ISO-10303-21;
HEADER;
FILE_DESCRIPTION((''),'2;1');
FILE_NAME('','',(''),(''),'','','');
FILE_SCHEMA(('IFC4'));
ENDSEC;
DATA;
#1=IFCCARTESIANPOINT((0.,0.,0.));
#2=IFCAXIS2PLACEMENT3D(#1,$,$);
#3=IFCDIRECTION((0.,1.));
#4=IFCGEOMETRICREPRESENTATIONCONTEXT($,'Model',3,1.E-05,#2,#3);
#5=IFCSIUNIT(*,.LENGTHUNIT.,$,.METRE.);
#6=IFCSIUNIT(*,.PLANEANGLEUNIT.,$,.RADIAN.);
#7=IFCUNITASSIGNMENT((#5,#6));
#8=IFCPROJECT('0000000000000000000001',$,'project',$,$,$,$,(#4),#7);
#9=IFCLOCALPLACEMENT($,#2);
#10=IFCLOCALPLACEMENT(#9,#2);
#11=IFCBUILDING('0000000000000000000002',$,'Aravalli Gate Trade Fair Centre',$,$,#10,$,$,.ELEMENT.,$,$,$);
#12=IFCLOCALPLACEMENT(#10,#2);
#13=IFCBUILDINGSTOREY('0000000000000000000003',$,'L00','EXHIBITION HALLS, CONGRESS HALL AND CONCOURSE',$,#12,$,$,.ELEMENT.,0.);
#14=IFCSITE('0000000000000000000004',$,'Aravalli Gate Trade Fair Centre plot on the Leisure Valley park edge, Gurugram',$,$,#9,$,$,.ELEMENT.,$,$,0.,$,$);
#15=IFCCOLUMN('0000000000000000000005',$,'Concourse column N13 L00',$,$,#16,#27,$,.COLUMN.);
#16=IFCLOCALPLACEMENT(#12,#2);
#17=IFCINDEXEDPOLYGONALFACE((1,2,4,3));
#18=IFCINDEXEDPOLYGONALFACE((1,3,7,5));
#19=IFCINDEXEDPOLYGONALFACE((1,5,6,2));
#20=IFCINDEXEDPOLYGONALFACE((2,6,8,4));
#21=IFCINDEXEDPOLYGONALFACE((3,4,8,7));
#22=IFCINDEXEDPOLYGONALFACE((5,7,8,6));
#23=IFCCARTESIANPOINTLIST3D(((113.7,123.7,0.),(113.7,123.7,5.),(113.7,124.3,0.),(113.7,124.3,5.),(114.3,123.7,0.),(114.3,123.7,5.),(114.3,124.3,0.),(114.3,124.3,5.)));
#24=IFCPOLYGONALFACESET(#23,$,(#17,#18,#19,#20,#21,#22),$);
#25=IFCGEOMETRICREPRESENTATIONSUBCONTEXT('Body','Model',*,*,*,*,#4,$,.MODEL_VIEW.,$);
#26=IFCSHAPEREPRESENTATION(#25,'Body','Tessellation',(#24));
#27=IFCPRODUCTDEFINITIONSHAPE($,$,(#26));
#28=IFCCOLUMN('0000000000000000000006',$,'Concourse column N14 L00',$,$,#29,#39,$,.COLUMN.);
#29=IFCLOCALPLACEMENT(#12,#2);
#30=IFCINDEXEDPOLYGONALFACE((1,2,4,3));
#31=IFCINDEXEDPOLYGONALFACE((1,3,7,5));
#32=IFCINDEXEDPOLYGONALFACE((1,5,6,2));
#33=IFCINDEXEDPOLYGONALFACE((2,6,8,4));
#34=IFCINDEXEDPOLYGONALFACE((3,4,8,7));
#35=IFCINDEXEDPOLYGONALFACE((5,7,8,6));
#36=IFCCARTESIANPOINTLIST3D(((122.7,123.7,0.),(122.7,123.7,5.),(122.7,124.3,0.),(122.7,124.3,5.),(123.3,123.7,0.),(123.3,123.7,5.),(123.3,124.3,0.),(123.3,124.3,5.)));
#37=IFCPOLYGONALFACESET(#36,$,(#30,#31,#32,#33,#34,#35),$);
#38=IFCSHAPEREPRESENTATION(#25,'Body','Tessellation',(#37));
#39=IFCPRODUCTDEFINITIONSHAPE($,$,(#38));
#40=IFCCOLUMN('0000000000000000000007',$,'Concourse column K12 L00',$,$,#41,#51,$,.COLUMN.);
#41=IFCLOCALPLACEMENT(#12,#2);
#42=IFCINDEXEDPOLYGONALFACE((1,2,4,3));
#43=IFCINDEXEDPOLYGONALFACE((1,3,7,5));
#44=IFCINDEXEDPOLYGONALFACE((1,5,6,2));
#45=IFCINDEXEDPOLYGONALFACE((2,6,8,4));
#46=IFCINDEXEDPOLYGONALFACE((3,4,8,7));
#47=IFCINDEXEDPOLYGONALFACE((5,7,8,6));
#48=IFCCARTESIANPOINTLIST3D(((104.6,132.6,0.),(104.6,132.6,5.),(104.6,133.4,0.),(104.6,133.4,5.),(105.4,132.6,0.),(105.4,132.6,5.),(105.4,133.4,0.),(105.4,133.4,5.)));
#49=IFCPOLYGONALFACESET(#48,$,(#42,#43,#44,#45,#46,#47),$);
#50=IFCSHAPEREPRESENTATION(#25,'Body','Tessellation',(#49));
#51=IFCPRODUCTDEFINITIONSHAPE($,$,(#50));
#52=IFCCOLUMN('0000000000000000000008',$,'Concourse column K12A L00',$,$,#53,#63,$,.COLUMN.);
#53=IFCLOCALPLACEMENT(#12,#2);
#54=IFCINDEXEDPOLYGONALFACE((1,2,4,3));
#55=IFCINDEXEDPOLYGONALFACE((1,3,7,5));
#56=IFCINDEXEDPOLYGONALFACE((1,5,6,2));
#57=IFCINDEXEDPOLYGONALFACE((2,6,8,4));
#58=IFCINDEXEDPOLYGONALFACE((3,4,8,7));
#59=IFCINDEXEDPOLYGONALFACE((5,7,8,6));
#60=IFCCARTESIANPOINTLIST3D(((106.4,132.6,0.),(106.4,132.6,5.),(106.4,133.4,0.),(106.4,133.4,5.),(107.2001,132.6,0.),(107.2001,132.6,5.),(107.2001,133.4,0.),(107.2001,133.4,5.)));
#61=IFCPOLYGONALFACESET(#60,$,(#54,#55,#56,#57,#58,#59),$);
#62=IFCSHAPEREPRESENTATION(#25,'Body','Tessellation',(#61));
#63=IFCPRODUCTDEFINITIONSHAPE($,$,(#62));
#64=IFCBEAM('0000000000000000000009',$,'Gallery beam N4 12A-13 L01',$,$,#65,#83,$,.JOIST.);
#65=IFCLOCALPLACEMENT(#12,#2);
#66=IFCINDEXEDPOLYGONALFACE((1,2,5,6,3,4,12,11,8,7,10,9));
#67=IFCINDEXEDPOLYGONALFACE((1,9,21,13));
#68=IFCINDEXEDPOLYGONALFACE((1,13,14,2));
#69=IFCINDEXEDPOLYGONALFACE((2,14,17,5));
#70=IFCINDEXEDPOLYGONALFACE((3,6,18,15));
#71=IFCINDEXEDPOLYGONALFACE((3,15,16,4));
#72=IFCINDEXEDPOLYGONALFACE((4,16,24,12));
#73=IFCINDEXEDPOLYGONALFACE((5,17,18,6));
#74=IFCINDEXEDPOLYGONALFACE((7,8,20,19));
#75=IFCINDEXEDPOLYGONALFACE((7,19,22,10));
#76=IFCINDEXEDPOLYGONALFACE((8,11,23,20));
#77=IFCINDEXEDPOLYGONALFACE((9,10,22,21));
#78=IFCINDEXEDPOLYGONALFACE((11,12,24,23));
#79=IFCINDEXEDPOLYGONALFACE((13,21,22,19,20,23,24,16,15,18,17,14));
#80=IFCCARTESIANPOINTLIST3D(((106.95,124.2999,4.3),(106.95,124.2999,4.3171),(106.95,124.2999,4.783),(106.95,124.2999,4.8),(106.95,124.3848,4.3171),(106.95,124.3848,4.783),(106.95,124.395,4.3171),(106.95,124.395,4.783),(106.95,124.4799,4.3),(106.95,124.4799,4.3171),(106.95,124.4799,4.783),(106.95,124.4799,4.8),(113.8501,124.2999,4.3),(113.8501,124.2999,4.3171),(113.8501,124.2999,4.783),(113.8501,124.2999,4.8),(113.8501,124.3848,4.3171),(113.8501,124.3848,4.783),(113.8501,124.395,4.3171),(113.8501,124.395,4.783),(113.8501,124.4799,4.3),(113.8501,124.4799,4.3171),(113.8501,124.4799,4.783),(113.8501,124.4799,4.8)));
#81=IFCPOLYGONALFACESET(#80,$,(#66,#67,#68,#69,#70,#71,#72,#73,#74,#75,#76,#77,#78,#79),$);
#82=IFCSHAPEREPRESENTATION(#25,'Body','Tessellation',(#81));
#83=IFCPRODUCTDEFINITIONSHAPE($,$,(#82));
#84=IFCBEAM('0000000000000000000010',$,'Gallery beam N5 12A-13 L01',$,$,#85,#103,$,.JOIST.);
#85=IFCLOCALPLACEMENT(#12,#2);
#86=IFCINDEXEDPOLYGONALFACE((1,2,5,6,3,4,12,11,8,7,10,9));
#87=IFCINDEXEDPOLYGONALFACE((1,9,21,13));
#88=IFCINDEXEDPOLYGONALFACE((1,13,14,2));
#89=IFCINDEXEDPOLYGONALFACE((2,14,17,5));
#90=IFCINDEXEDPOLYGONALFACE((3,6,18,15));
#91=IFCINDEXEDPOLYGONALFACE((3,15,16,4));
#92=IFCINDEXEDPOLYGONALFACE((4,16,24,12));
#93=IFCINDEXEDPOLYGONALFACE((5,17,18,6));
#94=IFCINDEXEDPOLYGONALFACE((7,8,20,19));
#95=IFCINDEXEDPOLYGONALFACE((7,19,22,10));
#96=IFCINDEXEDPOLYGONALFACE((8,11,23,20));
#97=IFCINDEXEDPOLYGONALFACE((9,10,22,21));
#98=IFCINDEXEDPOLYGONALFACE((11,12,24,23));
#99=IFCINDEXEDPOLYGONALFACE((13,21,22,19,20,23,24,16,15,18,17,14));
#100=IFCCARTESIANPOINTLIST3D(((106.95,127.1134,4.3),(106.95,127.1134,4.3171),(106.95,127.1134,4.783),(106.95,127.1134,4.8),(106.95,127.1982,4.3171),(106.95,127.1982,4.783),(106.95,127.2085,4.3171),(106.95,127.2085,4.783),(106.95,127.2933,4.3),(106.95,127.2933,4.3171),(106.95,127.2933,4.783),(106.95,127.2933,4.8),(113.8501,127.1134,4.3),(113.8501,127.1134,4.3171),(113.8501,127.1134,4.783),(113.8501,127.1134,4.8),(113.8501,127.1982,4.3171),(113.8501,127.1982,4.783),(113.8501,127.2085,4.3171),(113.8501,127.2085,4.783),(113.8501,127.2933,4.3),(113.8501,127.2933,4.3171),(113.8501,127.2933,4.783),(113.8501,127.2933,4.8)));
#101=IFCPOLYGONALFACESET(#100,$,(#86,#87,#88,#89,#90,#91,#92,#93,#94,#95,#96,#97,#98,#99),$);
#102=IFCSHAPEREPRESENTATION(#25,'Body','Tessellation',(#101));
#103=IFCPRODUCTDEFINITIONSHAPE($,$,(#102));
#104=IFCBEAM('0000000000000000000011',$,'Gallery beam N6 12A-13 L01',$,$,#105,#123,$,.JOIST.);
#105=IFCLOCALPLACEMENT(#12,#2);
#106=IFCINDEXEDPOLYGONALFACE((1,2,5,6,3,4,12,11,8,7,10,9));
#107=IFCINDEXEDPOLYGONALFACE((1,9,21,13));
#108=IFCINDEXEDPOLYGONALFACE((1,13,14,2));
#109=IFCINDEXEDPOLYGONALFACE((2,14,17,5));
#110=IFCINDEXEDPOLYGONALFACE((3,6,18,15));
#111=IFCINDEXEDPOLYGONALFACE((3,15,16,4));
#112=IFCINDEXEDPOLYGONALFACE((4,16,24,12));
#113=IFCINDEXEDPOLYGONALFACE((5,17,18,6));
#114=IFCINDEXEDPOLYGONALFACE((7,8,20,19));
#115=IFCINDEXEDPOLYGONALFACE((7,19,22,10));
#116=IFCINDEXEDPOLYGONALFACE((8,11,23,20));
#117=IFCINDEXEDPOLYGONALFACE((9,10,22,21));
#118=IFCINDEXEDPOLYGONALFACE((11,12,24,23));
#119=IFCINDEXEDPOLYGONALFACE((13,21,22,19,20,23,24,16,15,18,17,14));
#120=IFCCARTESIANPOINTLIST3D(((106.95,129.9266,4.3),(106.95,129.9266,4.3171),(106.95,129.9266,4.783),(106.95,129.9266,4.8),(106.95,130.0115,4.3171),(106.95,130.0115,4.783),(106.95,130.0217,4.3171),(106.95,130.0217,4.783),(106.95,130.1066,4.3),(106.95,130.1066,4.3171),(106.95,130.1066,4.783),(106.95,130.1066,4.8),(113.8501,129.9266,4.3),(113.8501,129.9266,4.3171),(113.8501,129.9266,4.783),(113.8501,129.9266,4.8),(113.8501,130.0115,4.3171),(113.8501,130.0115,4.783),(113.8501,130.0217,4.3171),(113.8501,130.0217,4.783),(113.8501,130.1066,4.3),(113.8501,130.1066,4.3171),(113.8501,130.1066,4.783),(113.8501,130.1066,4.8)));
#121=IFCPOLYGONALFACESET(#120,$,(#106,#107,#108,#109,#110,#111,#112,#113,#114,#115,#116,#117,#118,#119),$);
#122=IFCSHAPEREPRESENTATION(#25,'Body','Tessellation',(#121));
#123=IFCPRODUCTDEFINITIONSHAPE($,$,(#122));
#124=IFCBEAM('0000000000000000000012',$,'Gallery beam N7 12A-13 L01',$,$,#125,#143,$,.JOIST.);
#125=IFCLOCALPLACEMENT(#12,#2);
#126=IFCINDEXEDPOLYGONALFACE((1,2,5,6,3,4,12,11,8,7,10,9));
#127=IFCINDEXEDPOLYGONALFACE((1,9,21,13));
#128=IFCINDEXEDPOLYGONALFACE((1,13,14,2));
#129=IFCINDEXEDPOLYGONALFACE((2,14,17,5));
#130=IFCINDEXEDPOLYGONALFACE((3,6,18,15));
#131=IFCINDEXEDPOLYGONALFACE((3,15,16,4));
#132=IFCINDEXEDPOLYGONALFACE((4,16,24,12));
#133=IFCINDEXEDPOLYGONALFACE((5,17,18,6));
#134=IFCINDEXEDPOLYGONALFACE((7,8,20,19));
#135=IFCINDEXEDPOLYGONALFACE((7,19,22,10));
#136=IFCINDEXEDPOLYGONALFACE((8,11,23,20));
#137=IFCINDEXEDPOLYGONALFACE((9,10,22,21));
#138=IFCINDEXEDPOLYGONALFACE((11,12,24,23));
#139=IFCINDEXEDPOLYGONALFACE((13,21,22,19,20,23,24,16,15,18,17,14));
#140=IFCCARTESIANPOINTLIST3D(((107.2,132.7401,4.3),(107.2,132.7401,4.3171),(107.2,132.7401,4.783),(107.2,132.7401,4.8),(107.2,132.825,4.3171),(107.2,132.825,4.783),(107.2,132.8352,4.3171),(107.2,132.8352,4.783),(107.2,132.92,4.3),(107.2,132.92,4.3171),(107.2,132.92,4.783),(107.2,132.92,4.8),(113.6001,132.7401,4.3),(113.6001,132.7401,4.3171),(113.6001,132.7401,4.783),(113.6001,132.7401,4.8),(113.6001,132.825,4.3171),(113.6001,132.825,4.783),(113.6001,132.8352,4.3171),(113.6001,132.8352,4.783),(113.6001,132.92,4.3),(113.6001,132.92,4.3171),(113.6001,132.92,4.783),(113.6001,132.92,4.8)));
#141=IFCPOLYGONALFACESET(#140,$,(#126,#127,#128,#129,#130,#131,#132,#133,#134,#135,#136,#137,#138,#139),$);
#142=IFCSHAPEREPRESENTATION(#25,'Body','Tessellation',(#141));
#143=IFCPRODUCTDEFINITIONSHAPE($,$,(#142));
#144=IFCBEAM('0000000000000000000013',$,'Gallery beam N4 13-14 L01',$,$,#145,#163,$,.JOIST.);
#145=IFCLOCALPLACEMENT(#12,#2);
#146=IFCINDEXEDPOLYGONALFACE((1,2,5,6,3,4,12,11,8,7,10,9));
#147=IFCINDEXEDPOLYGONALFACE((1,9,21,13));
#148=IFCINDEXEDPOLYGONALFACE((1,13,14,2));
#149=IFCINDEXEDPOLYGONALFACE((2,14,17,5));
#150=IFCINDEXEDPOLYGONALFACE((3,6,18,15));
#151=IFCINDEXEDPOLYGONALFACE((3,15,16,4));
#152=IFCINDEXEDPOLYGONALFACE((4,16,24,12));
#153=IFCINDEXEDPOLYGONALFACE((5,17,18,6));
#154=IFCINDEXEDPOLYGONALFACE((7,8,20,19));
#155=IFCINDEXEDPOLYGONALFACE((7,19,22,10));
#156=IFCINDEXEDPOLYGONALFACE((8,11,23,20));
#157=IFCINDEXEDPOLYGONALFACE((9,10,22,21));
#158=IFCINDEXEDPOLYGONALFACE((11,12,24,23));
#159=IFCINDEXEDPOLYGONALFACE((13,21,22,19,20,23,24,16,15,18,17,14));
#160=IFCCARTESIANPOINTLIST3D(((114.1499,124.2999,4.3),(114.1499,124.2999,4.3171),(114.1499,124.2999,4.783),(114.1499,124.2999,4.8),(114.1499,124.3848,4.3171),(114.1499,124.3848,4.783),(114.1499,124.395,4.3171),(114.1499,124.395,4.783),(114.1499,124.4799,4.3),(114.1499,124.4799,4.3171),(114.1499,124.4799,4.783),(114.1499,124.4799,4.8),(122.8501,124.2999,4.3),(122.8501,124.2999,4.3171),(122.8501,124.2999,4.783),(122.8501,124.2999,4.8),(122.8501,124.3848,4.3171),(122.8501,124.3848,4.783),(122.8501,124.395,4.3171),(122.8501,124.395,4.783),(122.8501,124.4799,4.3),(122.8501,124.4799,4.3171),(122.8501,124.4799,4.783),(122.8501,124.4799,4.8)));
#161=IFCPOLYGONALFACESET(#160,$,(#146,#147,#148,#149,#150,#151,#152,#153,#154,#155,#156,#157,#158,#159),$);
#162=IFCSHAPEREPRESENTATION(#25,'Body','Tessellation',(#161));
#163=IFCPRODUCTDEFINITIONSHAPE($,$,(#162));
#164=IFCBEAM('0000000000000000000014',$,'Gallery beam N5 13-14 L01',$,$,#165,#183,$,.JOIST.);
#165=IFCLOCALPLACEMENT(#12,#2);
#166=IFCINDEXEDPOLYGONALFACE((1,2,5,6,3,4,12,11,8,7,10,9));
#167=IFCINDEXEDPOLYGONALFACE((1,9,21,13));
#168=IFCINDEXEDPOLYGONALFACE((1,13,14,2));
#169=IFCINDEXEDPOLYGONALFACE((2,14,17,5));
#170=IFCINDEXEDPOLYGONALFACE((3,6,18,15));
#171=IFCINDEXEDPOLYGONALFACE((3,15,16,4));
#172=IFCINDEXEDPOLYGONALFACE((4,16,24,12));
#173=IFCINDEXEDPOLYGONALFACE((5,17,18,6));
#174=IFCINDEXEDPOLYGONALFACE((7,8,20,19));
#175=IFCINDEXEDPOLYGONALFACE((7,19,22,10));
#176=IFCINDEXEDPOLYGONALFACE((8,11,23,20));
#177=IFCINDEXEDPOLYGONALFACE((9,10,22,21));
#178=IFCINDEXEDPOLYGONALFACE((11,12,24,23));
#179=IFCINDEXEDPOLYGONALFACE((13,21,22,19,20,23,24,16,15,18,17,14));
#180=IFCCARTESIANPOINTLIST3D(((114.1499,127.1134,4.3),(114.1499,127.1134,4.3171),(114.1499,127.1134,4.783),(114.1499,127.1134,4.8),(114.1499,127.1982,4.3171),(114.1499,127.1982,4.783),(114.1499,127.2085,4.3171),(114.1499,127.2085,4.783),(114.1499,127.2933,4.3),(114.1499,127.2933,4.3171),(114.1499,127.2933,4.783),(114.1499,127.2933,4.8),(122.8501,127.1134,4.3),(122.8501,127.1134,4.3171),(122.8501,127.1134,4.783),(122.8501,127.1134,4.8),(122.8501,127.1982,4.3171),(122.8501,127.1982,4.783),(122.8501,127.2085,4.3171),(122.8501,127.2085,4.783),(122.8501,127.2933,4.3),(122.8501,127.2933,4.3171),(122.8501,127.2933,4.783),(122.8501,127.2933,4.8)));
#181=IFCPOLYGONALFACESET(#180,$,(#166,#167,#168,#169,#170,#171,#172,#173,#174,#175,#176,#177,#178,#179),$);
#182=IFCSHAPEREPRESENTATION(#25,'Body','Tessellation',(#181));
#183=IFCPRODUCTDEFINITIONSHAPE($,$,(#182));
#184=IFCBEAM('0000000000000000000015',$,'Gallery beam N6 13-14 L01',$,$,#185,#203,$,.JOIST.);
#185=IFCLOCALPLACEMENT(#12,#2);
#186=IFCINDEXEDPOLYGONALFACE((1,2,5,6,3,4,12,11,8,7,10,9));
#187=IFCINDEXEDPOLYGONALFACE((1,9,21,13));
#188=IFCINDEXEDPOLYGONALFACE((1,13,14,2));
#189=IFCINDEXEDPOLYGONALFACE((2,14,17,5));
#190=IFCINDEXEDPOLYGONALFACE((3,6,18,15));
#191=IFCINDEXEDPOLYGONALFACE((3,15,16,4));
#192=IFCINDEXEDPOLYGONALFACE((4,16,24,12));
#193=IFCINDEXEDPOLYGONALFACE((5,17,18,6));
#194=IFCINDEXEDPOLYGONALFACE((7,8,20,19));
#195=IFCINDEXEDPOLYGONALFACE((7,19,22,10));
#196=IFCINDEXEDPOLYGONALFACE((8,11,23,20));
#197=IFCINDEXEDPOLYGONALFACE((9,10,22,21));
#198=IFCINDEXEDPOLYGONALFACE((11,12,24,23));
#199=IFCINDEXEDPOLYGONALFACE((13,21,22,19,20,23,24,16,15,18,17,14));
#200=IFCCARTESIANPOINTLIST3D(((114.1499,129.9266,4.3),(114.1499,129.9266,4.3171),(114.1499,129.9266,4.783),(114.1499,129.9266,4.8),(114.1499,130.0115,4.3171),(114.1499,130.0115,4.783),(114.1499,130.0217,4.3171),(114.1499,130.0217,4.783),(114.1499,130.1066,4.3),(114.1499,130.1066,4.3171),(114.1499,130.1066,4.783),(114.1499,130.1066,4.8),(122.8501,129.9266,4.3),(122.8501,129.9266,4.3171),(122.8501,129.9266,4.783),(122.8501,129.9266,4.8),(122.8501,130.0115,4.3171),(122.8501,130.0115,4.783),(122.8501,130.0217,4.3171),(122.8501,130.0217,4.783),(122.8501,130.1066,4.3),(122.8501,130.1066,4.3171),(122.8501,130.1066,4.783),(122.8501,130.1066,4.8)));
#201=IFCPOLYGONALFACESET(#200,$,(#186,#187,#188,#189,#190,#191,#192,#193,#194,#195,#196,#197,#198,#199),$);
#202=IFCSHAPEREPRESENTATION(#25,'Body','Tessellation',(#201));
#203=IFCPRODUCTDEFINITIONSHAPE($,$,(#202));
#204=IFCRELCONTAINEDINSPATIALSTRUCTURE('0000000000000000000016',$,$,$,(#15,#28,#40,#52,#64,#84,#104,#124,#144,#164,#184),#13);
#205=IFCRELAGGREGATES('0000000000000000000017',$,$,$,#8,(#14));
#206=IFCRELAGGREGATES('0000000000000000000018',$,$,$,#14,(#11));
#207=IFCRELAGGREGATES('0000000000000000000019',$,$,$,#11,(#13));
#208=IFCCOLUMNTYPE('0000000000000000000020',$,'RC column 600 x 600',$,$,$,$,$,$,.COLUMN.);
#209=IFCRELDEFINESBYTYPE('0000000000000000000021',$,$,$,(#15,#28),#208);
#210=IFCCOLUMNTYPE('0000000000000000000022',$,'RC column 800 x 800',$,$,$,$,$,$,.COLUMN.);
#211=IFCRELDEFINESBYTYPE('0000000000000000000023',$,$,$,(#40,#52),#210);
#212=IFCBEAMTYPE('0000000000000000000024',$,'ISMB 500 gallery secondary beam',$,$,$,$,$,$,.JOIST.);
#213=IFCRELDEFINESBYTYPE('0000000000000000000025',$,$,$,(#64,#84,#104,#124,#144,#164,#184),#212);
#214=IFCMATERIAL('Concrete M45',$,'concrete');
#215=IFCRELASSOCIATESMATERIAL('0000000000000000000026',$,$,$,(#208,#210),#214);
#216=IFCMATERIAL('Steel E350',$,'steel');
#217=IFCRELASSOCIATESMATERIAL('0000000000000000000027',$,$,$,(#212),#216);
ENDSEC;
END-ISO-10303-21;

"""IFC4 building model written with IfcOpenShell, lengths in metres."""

from ifc_helpers import new_model, si_unit, direction, frame, origin, origin_2d, place, context, subcontext, project, spatial, rectangle, i_section, extrude, material, material_profile, profile_set, type_object, element, save


model = new_model("IFC4")

# Units and contexts
model_context = context("Model", 3, precision=1e-05, world=origin(), true_north=direction((0.0, 1.0)))
body_context = subcontext(model_context, "Body", "Model", "MODEL_VIEW")
ifc_project = project(units=[si_unit("LENGTHUNIT", "METRE"), si_unit("PLANEANGLEUNIT", "RADIAN")], contexts=[model_context])

# Site, building, storey
site_placement = place(None, origin())
site = spatial("IfcSite", under=ifc_project, at=site_placement, Name="Aravalli Gate Trade Fair Centre plot on the Leisure Valley park edge, Gurugram", CompositionType="ELEMENT", RefElevation=0.0)
building_placement = place(site_placement, origin())
building = spatial("IfcBuilding", under=site, at=building_placement, Name="Aravalli Gate Trade Fair Centre", CompositionType="ELEMENT")
storey_placement = place(building_placement, origin())
storey = spatial("IfcBuildingStorey", under=building, at=storey_placement, Name="L00", Description="EXHIBITION HALLS, CONGRESS HALL AND CONCOURSE", CompositionType="ELEMENT", Elevation=0.0)

# Columns
ifc_material_1 = material(Name="Concrete M45", Category="concrete")
ifc_material_profile_1 = material_profile(ifc_material_1, rectangle(XDim=0.6001, YDim=0.6001, at=origin_2d()), Name="RC column 600 x 600")
ifc_profile_set_1 = profile_set([ifc_material_profile_1], Name="Concrete M45")
column_type_1 = type_object("IfcColumnType", Name="RC column 600 x 600", PredefinedType="COLUMN", material=ifc_profile_set_1)
for number, where, z_axis, x_axis, name in (
    (1, (114.0, 124.0, 0.0), (0.0, 0.0, 1.0), (1.0, 0.0, 0.0), "Concourse column N13 L00"),
    (2, (123.0, 124.0, 0.0), (0.0, 0.0, 1.0), (1.0, 0.0, 0.0), "Concourse column N14 L00"),
):
    element("IfcColumn", number, at=place(storey_placement, frame(where, z_axis=z_axis, x_axis=x_axis)), inside=storey, type_object=column_type_1, Name=name, PredefinedType="COLUMN", context=body_context, shape_type="SweptSolid", body=[
        extrude(rectangle(XDim=0.6001, YDim=0.6001, at=origin_2d()), origin(), (0.0, 0.0, 1.0), 5.0),
    ])
ifc_material_profile_2 = material_profile(ifc_material_1, rectangle(XDim=0.8, YDim=0.8, at=origin_2d()), Name="RC column 800 x 800")
ifc_profile_set_2 = profile_set([ifc_material_profile_2], Name="Concrete M45")
column_type_2 = type_object("IfcColumnType", Name="RC column 800 x 800", PredefinedType="COLUMN", material=ifc_profile_set_2)
for number, where, z_axis, x_axis, name in (
    (3, (105.0, 133.0, 0.0), (0.0, 0.0, 1.0), (1.0, 0.0, 0.0), "Concourse column K12 L00"),
    (4, (106.8, 133.0, 0.0), (0.0, 0.0, 1.0), (1.0, 0.0, 0.0), "Concourse column K12A L00"),
):
    element("IfcColumn", number, at=place(storey_placement, frame(where, z_axis=z_axis, x_axis=x_axis)), inside=storey, type_object=column_type_2, Name=name, PredefinedType="COLUMN", context=body_context, shape_type="SweptSolid", body=[
        extrude(rectangle(XDim=0.8, YDim=0.8, at=origin_2d()), origin(), (0.0, 0.0, 1.0), 5.0),
    ])

# Beams
ifc_material_2 = material(Name="Steel E350", Category="steel")
ifc_material_profile_3 = material_profile(ifc_material_2, i_section(OverallWidth=0.1799, OverallDepth=0.5, WebThickness=0.0103, FlangeThickness=0.0171, at=origin_2d()), Name="ISMB 500")
ifc_profile_set_3 = profile_set([ifc_material_profile_3], Name="Steel E350")
beam_type_1 = type_object("IfcBeamType", Name="ISMB 500 gallery secondary beam", PredefinedType="JOIST", material=ifc_profile_set_3)
for number, where, z_axis, x_axis, name in (
    (5, (106.95, 124.3899, 4.55), (1.0, 0.0, 0.0), (0.0, 1.0, 0.0), "Gallery beam N4 12A-13 L01"),
    (6, (106.95, 127.2034, 4.55), (1.0, 0.0, 0.0), (0.0, 1.0, 0.0), "Gallery beam N5 12A-13 L01"),
    (7, (106.95, 130.0166, 4.55), (1.0, 0.0, 0.0), (0.0, 1.0, 0.0), "Gallery beam N6 12A-13 L01"),
):
    element("IfcBeam", number, at=place(storey_placement, frame(where, z_axis=z_axis, x_axis=x_axis)), inside=storey, type_object=beam_type_1, Name=name, PredefinedType="JOIST", context=body_context, shape_type="SweptSolid", body=[
        extrude(i_section(OverallWidth=0.1799, OverallDepth=0.5, WebThickness=0.0103, FlangeThickness=0.0171, at=origin_2d()), origin(), (0.0, 0.0, 1.0), 6.9001),
    ])
beam_1_placement = place(storey_placement, frame((107.2, 132.8301, 4.55), z_axis=(1.0, 0.0, 0.0), x_axis=(0.0, 1.0, 0.0)))
element("IfcBeam", 8, at=beam_1_placement, inside=storey, type_object=beam_type_1, Name="Gallery beam N7 12A-13 L01", PredefinedType="JOIST", context=body_context, shape_type="SweptSolid", body=[
    extrude(i_section(OverallWidth=0.1799, OverallDepth=0.5, WebThickness=0.0103, FlangeThickness=0.0171, at=origin_2d()), origin(), (0.0, 0.0, 1.0), 6.4001),
])
for number, where, z_axis, x_axis, name in (
    (9, (114.1499, 124.3899, 4.55), (1.0, 0.0, 0.0), (0.0, 1.0, 0.0), "Gallery beam N4 13-14 L01"),
    (10, (114.1499, 127.2034, 4.55), (1.0, 0.0, 0.0), (0.0, 1.0, 0.0), "Gallery beam N5 13-14 L01"),
    (11, (114.1499, 130.0166, 4.55), (1.0, 0.0, 0.0), (0.0, 1.0, 0.0), "Gallery beam N6 13-14 L01"),
):
    element("IfcBeam", number, at=place(storey_placement, frame(where, z_axis=z_axis, x_axis=x_axis)), inside=storey, type_object=beam_type_1, Name=name, PredefinedType="JOIST", context=body_context, shape_type="SweptSolid", body=[
        extrude(i_section(OverallWidth=0.1799, OverallDepth=0.5, WebThickness=0.0103, FlangeThickness=0.0171, at=origin_2d()), origin(), (0.0, 0.0, 1.0), 8.7002),
    ])

save(model, "model.ifc")
